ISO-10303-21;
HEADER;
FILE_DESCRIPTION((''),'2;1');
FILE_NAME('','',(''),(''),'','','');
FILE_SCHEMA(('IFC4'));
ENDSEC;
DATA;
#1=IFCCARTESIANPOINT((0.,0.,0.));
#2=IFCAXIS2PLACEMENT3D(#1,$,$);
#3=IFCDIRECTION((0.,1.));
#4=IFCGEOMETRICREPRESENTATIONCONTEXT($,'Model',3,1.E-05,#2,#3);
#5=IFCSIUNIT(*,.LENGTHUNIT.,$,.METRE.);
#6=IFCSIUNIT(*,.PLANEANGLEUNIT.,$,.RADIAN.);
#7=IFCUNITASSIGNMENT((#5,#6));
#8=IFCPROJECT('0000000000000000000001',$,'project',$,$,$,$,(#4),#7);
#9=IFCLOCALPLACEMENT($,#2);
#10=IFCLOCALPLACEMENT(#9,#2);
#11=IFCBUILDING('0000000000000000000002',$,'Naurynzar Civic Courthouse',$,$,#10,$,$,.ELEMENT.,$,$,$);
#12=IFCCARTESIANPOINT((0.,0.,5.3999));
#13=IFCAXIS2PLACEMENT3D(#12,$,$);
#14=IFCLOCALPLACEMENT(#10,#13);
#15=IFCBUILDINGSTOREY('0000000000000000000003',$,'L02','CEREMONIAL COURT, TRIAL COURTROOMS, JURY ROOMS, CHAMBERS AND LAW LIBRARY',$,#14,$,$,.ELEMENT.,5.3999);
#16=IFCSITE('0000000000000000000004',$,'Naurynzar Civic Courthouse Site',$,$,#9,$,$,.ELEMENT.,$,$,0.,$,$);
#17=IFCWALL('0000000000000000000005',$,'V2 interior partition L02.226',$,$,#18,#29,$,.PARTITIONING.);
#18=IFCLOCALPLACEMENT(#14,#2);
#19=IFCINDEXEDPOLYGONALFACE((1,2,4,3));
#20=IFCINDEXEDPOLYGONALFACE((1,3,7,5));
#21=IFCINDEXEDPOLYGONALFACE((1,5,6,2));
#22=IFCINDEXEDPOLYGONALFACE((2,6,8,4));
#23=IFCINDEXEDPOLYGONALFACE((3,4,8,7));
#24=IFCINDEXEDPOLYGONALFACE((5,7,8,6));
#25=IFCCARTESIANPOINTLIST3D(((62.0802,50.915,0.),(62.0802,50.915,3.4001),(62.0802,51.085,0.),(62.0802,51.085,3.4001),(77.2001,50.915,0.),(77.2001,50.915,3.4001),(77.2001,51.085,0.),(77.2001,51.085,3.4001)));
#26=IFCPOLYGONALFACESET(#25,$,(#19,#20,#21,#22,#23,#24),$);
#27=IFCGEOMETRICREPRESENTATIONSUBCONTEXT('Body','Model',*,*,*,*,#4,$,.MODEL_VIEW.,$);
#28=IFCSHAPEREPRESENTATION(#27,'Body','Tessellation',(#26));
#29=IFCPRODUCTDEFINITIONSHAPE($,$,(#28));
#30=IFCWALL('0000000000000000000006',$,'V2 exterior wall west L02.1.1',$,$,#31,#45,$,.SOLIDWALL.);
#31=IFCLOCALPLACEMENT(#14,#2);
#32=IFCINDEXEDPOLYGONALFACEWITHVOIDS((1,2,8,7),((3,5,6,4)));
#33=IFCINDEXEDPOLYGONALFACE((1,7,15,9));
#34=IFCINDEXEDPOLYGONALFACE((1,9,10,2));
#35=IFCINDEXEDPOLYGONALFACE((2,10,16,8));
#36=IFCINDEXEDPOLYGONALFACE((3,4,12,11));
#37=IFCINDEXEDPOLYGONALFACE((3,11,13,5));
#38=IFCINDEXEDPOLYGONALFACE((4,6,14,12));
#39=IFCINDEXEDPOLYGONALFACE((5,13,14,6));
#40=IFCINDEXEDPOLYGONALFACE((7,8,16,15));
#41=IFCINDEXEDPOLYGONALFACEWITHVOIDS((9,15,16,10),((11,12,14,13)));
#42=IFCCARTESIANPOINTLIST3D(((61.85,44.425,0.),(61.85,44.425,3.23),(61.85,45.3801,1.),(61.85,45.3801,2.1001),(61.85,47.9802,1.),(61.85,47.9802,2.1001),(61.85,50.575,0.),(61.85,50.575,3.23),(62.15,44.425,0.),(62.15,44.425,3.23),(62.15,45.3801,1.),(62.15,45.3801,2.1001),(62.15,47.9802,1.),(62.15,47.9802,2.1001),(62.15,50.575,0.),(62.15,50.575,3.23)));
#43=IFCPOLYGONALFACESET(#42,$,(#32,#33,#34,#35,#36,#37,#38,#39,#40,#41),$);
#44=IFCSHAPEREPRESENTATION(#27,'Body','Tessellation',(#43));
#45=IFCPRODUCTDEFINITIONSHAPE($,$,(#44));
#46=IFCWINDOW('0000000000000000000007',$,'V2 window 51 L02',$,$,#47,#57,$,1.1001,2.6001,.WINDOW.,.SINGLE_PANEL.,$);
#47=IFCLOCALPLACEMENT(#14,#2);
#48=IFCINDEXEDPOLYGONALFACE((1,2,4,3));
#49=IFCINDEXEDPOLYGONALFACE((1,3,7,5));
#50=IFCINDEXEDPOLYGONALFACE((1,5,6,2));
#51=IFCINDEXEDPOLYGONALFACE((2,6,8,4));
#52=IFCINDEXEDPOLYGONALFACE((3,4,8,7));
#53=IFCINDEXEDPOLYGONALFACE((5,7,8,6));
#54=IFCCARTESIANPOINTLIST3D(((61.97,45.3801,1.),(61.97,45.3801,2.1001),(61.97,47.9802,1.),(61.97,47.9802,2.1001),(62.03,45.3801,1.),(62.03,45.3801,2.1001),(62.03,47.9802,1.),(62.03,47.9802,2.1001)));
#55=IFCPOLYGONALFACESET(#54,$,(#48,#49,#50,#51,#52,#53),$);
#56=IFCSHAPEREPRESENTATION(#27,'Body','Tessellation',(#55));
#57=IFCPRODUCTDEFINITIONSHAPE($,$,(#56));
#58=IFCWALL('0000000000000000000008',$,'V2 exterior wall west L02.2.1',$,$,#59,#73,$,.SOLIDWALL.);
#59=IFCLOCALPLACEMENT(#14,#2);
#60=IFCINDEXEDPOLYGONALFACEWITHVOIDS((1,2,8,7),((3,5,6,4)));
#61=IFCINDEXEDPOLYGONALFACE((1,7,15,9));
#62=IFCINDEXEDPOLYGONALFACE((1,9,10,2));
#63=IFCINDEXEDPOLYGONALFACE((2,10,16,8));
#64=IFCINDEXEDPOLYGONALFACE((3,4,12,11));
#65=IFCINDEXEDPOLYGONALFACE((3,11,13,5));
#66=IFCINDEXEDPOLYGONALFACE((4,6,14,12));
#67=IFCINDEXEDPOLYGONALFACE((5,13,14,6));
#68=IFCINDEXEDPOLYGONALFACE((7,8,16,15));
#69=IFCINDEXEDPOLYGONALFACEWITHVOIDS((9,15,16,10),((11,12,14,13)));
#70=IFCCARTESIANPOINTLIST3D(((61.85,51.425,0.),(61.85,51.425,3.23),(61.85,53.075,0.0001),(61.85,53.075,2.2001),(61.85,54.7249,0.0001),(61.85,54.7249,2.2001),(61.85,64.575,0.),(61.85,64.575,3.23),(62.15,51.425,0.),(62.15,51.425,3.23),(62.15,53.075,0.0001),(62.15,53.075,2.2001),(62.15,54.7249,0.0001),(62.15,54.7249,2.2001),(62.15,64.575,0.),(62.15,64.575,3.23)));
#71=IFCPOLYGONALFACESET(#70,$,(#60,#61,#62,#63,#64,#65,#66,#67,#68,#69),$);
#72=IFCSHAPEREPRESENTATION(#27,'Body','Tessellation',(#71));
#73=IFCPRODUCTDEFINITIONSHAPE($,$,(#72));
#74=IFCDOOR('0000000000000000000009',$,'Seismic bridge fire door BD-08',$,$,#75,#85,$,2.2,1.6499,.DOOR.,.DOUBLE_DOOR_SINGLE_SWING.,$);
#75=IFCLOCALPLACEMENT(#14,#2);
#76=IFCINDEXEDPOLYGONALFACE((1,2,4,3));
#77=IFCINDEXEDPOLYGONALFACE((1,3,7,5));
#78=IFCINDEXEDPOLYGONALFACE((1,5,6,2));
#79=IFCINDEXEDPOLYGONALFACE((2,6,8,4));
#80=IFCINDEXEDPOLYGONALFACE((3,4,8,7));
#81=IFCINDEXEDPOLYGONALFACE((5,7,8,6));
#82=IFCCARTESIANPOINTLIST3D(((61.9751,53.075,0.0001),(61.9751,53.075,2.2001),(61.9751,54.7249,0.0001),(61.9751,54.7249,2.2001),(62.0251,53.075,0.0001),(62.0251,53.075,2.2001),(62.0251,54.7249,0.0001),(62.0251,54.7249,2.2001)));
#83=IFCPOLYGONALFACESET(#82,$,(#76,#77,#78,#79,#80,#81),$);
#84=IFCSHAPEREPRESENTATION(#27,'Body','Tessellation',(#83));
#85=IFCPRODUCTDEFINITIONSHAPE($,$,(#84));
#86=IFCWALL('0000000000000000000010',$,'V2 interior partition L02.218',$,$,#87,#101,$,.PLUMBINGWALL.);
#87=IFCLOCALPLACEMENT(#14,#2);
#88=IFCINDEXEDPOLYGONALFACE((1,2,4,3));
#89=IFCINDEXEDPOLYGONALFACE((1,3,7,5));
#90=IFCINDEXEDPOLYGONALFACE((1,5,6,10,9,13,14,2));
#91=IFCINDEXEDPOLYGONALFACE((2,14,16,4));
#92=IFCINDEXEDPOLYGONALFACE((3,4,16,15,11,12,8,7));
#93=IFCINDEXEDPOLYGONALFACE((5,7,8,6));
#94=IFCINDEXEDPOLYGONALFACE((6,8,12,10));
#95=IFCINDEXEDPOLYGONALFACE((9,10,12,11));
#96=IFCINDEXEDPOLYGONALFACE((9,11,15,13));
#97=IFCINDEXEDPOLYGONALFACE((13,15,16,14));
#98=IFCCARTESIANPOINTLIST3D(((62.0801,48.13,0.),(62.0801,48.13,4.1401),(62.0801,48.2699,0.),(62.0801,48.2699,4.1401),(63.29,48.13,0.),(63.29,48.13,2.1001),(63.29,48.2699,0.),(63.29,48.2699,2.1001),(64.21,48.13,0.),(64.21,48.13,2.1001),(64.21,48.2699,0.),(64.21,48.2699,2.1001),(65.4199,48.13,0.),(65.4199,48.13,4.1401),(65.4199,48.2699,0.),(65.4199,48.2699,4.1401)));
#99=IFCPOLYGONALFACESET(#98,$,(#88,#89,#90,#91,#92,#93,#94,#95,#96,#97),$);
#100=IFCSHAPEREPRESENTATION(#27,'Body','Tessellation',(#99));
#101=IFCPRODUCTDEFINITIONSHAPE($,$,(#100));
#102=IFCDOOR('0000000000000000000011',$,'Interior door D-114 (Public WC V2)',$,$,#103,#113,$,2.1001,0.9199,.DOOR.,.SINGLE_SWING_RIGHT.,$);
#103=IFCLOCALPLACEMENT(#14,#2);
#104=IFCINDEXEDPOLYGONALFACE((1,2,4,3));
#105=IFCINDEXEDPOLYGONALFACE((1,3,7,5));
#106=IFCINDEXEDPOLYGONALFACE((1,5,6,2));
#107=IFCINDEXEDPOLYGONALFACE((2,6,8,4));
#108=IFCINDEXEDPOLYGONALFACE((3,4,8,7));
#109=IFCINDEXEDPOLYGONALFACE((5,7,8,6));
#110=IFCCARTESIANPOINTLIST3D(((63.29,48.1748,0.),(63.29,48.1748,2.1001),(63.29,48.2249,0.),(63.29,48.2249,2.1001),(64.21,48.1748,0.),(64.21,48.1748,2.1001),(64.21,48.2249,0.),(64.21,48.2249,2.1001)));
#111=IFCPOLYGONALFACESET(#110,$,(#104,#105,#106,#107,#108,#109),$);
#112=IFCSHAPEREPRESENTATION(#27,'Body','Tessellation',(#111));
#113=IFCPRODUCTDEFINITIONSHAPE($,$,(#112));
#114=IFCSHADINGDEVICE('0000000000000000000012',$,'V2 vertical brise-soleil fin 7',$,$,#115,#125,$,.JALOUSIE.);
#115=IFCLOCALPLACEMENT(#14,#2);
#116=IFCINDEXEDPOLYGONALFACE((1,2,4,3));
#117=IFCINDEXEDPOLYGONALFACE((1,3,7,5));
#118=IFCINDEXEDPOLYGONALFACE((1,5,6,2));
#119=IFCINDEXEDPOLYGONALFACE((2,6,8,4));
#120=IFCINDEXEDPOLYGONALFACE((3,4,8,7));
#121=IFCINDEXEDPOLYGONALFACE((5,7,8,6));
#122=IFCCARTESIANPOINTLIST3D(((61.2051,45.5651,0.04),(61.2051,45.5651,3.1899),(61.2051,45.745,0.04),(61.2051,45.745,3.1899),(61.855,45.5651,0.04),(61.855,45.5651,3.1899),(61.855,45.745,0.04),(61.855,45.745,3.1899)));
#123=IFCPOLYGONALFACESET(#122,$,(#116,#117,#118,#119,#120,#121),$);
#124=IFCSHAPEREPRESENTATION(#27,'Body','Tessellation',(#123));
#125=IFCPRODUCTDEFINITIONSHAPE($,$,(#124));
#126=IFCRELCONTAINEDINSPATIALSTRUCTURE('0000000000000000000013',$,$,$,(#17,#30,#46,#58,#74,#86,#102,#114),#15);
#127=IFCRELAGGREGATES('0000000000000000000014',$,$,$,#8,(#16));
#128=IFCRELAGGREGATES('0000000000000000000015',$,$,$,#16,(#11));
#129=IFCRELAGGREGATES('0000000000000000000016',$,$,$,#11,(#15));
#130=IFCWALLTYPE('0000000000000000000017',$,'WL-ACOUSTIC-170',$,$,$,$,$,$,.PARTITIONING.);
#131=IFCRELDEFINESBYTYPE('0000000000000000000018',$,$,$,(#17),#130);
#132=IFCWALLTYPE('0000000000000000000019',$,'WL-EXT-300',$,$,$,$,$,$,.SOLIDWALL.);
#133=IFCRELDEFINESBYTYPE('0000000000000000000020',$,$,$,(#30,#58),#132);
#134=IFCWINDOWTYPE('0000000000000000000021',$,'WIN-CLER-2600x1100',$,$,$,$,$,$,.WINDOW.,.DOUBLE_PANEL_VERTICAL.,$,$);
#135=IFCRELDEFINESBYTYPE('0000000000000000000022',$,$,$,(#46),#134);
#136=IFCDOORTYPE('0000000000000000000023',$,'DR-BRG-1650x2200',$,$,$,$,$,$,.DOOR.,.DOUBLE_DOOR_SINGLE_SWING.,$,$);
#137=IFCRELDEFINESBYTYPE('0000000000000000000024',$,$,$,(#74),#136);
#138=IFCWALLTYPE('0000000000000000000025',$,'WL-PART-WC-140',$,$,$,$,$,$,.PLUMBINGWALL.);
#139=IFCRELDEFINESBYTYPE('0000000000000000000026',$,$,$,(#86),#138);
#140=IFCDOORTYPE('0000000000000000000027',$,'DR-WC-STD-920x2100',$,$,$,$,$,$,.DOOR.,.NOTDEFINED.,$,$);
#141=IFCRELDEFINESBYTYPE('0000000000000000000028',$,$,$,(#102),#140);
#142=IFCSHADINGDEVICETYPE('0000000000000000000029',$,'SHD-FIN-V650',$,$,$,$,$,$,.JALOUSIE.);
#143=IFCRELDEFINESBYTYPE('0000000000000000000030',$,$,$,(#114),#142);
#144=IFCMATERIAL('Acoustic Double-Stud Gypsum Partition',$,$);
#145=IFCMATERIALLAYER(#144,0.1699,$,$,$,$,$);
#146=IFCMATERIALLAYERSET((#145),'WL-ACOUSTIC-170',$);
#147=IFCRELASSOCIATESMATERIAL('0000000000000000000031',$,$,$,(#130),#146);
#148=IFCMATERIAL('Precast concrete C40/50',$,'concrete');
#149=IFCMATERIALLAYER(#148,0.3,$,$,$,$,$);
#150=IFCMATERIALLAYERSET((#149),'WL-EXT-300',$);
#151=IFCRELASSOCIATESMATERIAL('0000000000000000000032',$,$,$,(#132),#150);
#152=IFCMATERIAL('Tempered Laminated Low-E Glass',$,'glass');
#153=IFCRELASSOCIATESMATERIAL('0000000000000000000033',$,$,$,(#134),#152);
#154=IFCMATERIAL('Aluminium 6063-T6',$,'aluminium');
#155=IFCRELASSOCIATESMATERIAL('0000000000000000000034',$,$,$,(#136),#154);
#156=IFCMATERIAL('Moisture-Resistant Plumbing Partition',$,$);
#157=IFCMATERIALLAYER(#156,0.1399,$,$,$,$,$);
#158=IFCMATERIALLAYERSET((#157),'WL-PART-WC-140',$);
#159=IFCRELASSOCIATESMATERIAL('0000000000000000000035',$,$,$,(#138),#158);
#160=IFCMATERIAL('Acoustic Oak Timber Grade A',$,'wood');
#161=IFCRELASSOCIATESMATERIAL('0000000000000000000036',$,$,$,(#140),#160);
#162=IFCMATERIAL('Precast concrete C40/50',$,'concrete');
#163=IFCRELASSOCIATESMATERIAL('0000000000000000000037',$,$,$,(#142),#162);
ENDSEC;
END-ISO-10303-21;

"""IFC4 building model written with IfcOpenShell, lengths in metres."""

from ifc_helpers import new_model, si_unit, direction, frame, frame_2d, origin, origin_2d, place, context, subcontext, project, spatial, rectangle, extrude, material, layer, layer_set, type_object, element, fill, save


model = new_model("IFC4")

# Units and contexts
model_context = context("Model", 3, precision=1e-05, world=origin(), true_north=direction((0.0, 1.0)))
body_context = subcontext(model_context, "Body", "Model", "MODEL_VIEW")
ifc_project = project(units=[si_unit("LENGTHUNIT", "METRE"), si_unit("PLANEANGLEUNIT", "RADIAN")], contexts=[model_context])

# Site, building, storey
site_placement = place(None, origin())
site = spatial("IfcSite", under=ifc_project, at=site_placement, Name="Naurynzar Civic Courthouse Site", CompositionType="ELEMENT", RefElevation=0.0)
building_placement = place(site_placement, origin())
building = spatial("IfcBuilding", under=site, at=building_placement, Name="Naurynzar Civic Courthouse", CompositionType="ELEMENT")
storey_placement = place(building_placement, frame((0.0, 0.0, 5.3999)))
storey = spatial("IfcBuildingStorey", under=building, at=storey_placement, Name="L02", Description="CEREMONIAL COURT, TRIAL COURTROOMS, JURY ROOMS, CHAMBERS AND LAW LIBRARY", CompositionType="ELEMENT", Elevation=5.3999)

# Wall
ifc_material_1 = material(Name="Acoustic Double-Stud Gypsum Partition")
ifc_layer_1 = layer(ifc_material_1, 0.1699)
ifc_layer_set_1 = layer_set([ifc_layer_1], Name="WL-ACOUSTIC-170")
wall_type_1 = type_object("IfcWallType", Name="WL-ACOUSTIC-170", PredefinedType="PARTITIONING", material=ifc_layer_set_1)
wall_1_placement = place(storey_placement, frame((62.0801, 51.0, 0.0), z_axis=(0.0, 0.0, 1.0), x_axis=(1.0, 0.0, 0.0)))
element("IfcWall", 1, at=wall_1_placement, inside=storey, type_object=wall_type_1, Name="V2 interior partition L02.226", PredefinedType="PARTITIONING", context=body_context, shape_type="SweptSolid", body=[
    extrude(rectangle(XDim=15.1199, YDim=0.1699, at=frame_2d((7.5601, 0.0))), origin(), (0.0, 0.0, 1.0), 3.4001),
])

# Wall, opening, window
ifc_material_2 = material(Name="Precast concrete C40/50", Category="concrete")
ifc_layer_2 = layer(ifc_material_2, 0.3)
ifc_layer_set_2 = layer_set([ifc_layer_2], Name="WL-EXT-300")
wall_type_2 = type_object("IfcWallType", Name="WL-EXT-300", PredefinedType="SOLIDWALL", material=ifc_layer_set_2)
wall_2_placement = place(storey_placement, frame((62.0, 44.425, 0.0), z_axis=(0.0, 0.0, 1.0), x_axis=(0.0, 1.0, 0.0)))
wall_2 = element("IfcWall", 2, at=wall_2_placement, inside=storey, type_object=wall_type_2, Name="V2 exterior wall west L02.1.1", PredefinedType="SOLIDWALL", context=body_context, shape_type="SweptSolid", body=[
    extrude(rectangle(XDim=6.1499, YDim=0.3, at=frame_2d((3.075, 0.0))), origin(), (0.0, 0.0, 1.0), 3.23),
])
opening_1_placement = place(wall_2_placement, frame((0.9551, 0.0, 1.0)))
opening_1 = element("IfcOpeningElement", 3, at=opening_1_placement, cuts=wall_2, PredefinedType="OPENING", context=body_context, shape_type="SweptSolid", body=[
    extrude(rectangle(XDim=2.6001, YDim=1.1001, at=frame_2d((1.3, 0.55))), frame((0.0, 0.1599, 0.0), z_axis=(0.0, -1.0, 0.0), x_axis=(1.0, 0.0, 0.0)), (0.0, 0.0, 1.0), 0.3201),
])
ifc_material_3 = material(Name="Tempered Laminated Low-E Glass", Category="glass")
window_type = type_object("IfcWindowType", Name="WIN-CLER-2600x1100", PartitioningType="DOUBLE_PANEL_VERTICAL", PredefinedType="WINDOW", material=ifc_material_3)
window_placement = place(opening_1_placement, origin())
window = element("IfcWindow", 4, at=window_placement, inside=storey, type_object=window_type, Name="V2 window 51 L02", OverallHeight=1.1001, OverallWidth=2.6001, PartitioningType="SINGLE_PANEL", PredefinedType="WINDOW", context=body_context, shape_type="SweptSolid", body=[
    extrude(rectangle(XDim=2.6001, YDim=1.1001, at=frame_2d((1.3, 0.55))), frame((0.0, 0.03, 0.0), z_axis=(0.0, -1.0, 0.0), x_axis=(1.0, 0.0, 0.0)), (0.0, 0.0, 1.0), 0.0601),
])
fill(opening_1, window)

# Walls, openings, doors
wall_3_placement = place(storey_placement, frame((62.0, 51.425, 0.0), z_axis=(0.0, 0.0, 1.0), x_axis=(0.0, 1.0, 0.0)))
wall_3 = element("IfcWall", 5, at=wall_3_placement, inside=storey, type_object=wall_type_2, Name="V2 exterior wall west L02.2.1", PredefinedType="SOLIDWALL", context=body_context, shape_type="SweptSolid", body=[
    extrude(rectangle(XDim=13.1499, YDim=0.3, at=frame_2d((6.575, 0.0))), origin(), (0.0, 0.0, 1.0), 3.23),
])
opening_2_placement = place(wall_3_placement, frame((1.6499, 0.0, 0.0)))
opening_2 = element("IfcOpeningElement", 6, at=opening_2_placement, cuts=wall_3, PredefinedType="OPENING", context=body_context, shape_type="SweptSolid", body=[
    extrude(rectangle(XDim=1.6499, YDim=2.2, at=frame_2d((0.825, 1.1001))), frame((0.0, 0.1599, 0.0), z_axis=(0.0, -1.0, 0.0), x_axis=(1.0, 0.0, 0.0)), (0.0, 0.0, 1.0), 0.3201),
])
ifc_material_4 = material(Name="Aluminium 6063-T6", Category="aluminium")
door_type_1 = type_object("IfcDoorType", Name="DR-BRG-1650x2200", OperationType="DOUBLE_DOOR_SINGLE_SWING", PredefinedType="DOOR", material=ifc_material_4)
door_1_placement = place(opening_2_placement, origin())
door_1 = element("IfcDoor", 7, at=door_1_placement, inside=storey, type_object=door_type_1, Name="Seismic bridge fire door BD-08", OperationType="DOUBLE_DOOR_SINGLE_SWING", OverallHeight=2.2, OverallWidth=1.6499, PredefinedType="DOOR", context=body_context, shape_type="SweptSolid", body=[
    extrude(rectangle(XDim=1.6499, YDim=2.2, at=frame_2d((0.825, 1.1001))), frame((0.0, 0.0249, 0.0), z_axis=(0.0, -1.0, 0.0), x_axis=(1.0, 0.0, 0.0)), (0.0, 0.0, 1.0), 0.05),
])
fill(opening_2, door_1)
ifc_material_5 = material(Name="Moisture-Resistant Plumbing Partition")
ifc_layer_3 = layer(ifc_material_5, 0.1399)
ifc_layer_set_3 = layer_set([ifc_layer_3], Name="WL-PART-WC-140")
wall_type_3 = type_object("IfcWallType", Name="WL-PART-WC-140", PredefinedType="PLUMBINGWALL", material=ifc_layer_set_3)
wall_4_placement = place(storey_placement, frame((62.0801, 48.2, 0.0), z_axis=(0.0, 0.0, 1.0), x_axis=(1.0, 0.0, 0.0)))
wall_4 = element("IfcWall", 8, at=wall_4_placement, inside=storey, type_object=wall_type_3, Name="V2 interior partition L02.218", PredefinedType="PLUMBINGWALL", context=body_context, shape_type="SweptSolid", body=[
    extrude(rectangle(XDim=3.3398, YDim=0.1399, at=frame_2d((1.6699, 0.0))), origin(), (0.0, 0.0, 1.0), 4.1401),
])
opening_3_placement = place(wall_4_placement, frame((1.21, 0.0, 0.0)))
opening_3 = element("IfcOpeningElement", 9, at=opening_3_placement, cuts=wall_4, PredefinedType="OPENING", context=body_context, shape_type="SweptSolid", body=[
    extrude(rectangle(XDim=0.9199, YDim=2.1001, at=frame_2d((0.46, 1.05))), frame((0.0, 0.0798, 0.0), z_axis=(0.0, -1.0, 0.0), x_axis=(1.0, 0.0, 0.0)), (0.0, 0.0, 1.0), 0.1599),
])
ifc_material_6 = material(Name="Acoustic Oak Timber Grade A", Category="wood")
door_type_2 = type_object("IfcDoorType", Name="DR-WC-STD-920x2100", OperationType="NOTDEFINED", PredefinedType="DOOR", material=ifc_material_6)
door_2_placement = place(opening_3_placement, origin())
door_2 = element("IfcDoor", 10, at=door_2_placement, inside=storey, type_object=door_type_2, Name="Interior door D-114 (Public WC V2)", OperationType="SINGLE_SWING_RIGHT", OverallHeight=2.1001, OverallWidth=0.9199, PredefinedType="DOOR", context=body_context, shape_type="SweptSolid", body=[
    extrude(rectangle(XDim=0.9199, YDim=2.1001, at=frame_2d((0.46, 1.05))), frame((0.0, 0.0249, 0.0), z_axis=(0.0, -1.0, 0.0), x_axis=(1.0, 0.0, 0.0)), (0.0, 0.0, 1.0), 0.05),
])
fill(opening_3, door_2)

# Shading device
ifc_material_7 = material(Name="Precast concrete C40/50", Category="concrete")
shading_device_type = type_object("IfcShadingDeviceType", Name="SHD-FIN-V650", PredefinedType="JALOUSIE", material=ifc_material_7)
shading_device_placement = place(storey_placement, frame((61.53, 45.655, 0.04), z_axis=(0.0, 0.0, 1.0), x_axis=(0.0, 1.0, 0.0)))
element("IfcShadingDevice", 11, at=shading_device_placement, inside=storey, type_object=shading_device_type, Name="V2 vertical brise-soleil fin 7", PredefinedType="JALOUSIE", context=body_context, shape_type="SweptSolid", body=[
    extrude(rectangle(XDim=0.1799, YDim=0.6499, at=origin_2d()), origin(), (0.0, 0.0, 1.0), 3.1499),
])

save(model, "model.ifc")
